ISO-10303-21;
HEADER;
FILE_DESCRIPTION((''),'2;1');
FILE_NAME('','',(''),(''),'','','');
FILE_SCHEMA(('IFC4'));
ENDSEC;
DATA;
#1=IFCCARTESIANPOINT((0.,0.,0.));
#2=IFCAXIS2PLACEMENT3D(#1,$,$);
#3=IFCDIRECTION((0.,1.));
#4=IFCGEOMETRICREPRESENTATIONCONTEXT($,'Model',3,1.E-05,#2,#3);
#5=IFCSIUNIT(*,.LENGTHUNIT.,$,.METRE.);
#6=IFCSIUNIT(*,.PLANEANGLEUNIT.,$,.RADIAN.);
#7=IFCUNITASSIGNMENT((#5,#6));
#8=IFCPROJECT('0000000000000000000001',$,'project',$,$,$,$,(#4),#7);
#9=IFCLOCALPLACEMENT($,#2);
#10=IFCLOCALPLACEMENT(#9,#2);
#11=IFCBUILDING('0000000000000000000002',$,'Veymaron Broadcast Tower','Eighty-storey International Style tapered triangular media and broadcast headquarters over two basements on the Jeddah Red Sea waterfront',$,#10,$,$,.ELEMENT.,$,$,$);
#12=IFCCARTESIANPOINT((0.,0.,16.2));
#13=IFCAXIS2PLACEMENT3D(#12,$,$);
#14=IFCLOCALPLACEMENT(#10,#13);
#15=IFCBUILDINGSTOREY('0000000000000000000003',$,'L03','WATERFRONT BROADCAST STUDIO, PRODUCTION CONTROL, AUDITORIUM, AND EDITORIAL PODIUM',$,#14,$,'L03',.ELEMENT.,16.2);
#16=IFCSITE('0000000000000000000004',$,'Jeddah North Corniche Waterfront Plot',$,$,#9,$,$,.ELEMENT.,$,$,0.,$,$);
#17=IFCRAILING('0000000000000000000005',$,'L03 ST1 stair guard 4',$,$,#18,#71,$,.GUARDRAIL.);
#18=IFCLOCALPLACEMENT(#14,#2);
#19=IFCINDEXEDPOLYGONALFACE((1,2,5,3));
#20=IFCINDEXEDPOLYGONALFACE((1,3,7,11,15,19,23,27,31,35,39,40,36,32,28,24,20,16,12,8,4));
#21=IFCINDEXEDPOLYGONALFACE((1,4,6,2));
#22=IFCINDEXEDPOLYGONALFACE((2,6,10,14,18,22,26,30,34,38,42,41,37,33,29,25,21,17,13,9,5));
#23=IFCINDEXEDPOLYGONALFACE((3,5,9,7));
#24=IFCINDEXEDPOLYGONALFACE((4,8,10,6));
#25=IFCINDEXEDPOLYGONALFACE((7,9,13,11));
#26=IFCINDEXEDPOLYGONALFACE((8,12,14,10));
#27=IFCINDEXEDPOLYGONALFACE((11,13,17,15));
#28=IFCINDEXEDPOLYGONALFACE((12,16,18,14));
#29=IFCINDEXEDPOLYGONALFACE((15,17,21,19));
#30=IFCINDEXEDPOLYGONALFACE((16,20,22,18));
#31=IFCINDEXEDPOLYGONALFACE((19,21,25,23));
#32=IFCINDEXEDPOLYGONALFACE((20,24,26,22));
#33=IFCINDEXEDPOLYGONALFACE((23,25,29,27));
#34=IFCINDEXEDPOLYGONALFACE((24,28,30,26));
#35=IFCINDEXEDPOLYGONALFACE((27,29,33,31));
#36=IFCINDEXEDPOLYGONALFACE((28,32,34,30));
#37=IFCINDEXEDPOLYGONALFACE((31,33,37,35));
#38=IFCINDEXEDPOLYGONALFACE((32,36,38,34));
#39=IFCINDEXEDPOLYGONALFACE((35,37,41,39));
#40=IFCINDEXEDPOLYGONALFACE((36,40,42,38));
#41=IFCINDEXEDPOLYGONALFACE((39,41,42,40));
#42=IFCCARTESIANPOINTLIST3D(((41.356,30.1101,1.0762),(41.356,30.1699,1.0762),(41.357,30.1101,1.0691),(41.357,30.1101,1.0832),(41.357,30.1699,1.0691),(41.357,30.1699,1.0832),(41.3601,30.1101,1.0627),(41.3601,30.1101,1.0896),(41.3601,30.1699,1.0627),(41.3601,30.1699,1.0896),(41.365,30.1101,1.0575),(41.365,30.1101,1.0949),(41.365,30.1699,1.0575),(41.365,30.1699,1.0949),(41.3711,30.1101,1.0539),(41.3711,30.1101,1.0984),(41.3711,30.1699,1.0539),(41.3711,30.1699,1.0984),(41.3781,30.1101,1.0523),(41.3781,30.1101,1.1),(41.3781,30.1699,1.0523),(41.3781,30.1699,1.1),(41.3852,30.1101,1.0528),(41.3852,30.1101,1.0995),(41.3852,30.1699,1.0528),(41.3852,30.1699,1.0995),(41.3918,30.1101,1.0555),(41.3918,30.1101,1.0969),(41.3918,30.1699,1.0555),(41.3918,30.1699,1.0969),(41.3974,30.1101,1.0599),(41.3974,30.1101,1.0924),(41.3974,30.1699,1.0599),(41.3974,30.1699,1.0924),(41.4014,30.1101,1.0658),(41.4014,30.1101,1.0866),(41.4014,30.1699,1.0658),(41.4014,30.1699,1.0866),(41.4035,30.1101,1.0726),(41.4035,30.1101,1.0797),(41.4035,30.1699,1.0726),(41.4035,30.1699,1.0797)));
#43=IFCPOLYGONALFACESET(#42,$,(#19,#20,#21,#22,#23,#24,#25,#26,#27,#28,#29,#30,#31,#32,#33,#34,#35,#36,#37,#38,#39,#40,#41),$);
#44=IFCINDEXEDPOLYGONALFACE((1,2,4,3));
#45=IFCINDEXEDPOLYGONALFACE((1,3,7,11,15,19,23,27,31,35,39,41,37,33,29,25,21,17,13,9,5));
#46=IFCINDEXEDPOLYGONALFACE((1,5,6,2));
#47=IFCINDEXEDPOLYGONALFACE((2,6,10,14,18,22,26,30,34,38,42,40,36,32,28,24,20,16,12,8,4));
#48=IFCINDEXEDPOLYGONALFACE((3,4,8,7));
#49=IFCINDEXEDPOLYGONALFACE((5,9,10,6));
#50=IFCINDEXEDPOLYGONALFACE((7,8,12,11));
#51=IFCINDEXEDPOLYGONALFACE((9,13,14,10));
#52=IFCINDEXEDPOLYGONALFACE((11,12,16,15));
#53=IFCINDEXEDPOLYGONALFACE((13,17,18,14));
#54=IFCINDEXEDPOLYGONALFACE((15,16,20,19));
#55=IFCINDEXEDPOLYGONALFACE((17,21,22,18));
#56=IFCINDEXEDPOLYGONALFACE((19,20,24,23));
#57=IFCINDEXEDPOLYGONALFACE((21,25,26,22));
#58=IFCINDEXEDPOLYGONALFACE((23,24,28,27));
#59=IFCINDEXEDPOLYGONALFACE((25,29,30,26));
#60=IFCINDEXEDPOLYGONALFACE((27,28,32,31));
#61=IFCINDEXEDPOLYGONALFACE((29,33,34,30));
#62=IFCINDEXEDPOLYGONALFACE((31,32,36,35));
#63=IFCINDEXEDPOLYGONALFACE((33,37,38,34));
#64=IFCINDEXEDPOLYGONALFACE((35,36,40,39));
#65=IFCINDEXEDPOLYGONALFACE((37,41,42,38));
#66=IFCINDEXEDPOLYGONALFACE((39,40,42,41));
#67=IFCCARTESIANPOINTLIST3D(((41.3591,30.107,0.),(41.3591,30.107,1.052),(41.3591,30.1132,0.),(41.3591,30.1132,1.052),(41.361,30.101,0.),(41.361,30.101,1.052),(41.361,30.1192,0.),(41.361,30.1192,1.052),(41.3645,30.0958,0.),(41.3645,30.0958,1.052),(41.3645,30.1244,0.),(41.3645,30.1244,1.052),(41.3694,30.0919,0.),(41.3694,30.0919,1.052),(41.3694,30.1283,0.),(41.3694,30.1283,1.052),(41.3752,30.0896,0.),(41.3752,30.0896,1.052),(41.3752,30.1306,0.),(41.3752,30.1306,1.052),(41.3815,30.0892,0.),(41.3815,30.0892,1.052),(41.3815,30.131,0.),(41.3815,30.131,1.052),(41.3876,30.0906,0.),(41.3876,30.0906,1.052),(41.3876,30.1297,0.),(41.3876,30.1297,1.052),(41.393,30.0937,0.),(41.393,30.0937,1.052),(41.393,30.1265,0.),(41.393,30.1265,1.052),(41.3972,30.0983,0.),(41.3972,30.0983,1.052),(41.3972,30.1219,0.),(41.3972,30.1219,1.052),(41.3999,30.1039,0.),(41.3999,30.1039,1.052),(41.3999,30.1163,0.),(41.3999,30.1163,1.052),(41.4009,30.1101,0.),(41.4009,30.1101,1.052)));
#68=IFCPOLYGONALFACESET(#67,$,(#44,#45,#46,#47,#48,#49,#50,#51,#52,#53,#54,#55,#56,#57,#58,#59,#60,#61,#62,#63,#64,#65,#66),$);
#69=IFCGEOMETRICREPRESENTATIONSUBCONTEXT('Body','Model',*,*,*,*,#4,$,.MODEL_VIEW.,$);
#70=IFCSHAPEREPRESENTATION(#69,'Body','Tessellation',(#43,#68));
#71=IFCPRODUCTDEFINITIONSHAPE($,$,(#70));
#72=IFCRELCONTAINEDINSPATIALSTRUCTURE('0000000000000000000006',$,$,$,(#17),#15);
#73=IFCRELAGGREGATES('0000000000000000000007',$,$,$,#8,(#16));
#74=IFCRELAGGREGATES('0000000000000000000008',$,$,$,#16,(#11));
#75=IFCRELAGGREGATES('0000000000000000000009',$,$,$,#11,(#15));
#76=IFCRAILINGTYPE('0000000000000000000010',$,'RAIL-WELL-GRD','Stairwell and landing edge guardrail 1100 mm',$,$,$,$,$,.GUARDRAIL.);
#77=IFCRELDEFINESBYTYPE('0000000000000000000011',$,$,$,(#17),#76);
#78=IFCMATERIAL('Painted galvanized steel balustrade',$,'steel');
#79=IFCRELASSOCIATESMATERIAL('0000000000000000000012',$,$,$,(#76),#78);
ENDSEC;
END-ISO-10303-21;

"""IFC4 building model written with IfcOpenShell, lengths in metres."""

from ifc_helpers import new_model, si_unit, direction, frame, origin, origin_2d, place, context, subcontext, project, spatial, circle, extrude, material, type_object, element, save


model = new_model("IFC4")

# Units and contexts
model_context = context("Model", 3, precision=1e-05, world=origin(), true_north=direction((0.0, 1.0)))
body_context = subcontext(model_context, "Body", "Model", "MODEL_VIEW")
ifc_project = project(units=[si_unit("LENGTHUNIT", "METRE"), si_unit("PLANEANGLEUNIT", "RADIAN")], contexts=[model_context])

# Site, building, storey
site_placement = place(None, origin())
site = spatial("IfcSite", under=ifc_project, at=site_placement, Name="Jeddah North Corniche Waterfront Plot", CompositionType="ELEMENT", RefElevation=0.0)
building_placement = place(site_placement, origin())
building = spatial("IfcBuilding", under=site, at=building_placement, Name="Veymaron Broadcast Tower", Description="Eighty-storey International Style tapered triangular media and broadcast headquarters over two basements on the Jeddah Red Sea waterfront", CompositionType="ELEMENT")
storey_placement = place(building_placement, frame((0.0, 0.0, 16.2)))
storey = spatial("IfcBuildingStorey", under=building, at=storey_placement, Name="L03", Description="WATERFRONT BROADCAST STUDIO, PRODUCTION CONTROL, AUDITORIUM, AND EDITORIAL PODIUM", LongName="L03", CompositionType="ELEMENT", Elevation=16.2)

# Railing
ifc_material_1 = material(Name="Painted galvanized steel balustrade", Category="steel")
railing_type_1 = type_object("IfcRailingType", Name="RAIL-WELL-GRD", Description="Stairwell and landing edge guardrail 1100 mm", PredefinedType="GUARDRAIL", material=ifc_material_1)
railing_1_placement = place(storey_placement, frame((41.3799, 30.1101, 0.0)))
element("IfcRailing", 1, at=railing_1_placement, inside=storey, type_object=railing_type_1, Name="L03 ST1 stair guard 4", PredefinedType="GUARDRAIL", context=body_context, shape_type="SweptSolid", body=[
    extrude(circle(Radius=0.0239, at=origin_2d()), frame((0.0, 0.0, 1.0762), z_axis=(0.0, 1.0, 0.0), x_axis=(-1.0, 0.0, 0.0)), (0.0, 0.0, 1.0), 0.0598),
    extrude(circle(Radius=0.021, at=origin_2d()), origin(), (0.0, 0.0, 1.0), 1.052),
])

save(model, "model.ifc")
